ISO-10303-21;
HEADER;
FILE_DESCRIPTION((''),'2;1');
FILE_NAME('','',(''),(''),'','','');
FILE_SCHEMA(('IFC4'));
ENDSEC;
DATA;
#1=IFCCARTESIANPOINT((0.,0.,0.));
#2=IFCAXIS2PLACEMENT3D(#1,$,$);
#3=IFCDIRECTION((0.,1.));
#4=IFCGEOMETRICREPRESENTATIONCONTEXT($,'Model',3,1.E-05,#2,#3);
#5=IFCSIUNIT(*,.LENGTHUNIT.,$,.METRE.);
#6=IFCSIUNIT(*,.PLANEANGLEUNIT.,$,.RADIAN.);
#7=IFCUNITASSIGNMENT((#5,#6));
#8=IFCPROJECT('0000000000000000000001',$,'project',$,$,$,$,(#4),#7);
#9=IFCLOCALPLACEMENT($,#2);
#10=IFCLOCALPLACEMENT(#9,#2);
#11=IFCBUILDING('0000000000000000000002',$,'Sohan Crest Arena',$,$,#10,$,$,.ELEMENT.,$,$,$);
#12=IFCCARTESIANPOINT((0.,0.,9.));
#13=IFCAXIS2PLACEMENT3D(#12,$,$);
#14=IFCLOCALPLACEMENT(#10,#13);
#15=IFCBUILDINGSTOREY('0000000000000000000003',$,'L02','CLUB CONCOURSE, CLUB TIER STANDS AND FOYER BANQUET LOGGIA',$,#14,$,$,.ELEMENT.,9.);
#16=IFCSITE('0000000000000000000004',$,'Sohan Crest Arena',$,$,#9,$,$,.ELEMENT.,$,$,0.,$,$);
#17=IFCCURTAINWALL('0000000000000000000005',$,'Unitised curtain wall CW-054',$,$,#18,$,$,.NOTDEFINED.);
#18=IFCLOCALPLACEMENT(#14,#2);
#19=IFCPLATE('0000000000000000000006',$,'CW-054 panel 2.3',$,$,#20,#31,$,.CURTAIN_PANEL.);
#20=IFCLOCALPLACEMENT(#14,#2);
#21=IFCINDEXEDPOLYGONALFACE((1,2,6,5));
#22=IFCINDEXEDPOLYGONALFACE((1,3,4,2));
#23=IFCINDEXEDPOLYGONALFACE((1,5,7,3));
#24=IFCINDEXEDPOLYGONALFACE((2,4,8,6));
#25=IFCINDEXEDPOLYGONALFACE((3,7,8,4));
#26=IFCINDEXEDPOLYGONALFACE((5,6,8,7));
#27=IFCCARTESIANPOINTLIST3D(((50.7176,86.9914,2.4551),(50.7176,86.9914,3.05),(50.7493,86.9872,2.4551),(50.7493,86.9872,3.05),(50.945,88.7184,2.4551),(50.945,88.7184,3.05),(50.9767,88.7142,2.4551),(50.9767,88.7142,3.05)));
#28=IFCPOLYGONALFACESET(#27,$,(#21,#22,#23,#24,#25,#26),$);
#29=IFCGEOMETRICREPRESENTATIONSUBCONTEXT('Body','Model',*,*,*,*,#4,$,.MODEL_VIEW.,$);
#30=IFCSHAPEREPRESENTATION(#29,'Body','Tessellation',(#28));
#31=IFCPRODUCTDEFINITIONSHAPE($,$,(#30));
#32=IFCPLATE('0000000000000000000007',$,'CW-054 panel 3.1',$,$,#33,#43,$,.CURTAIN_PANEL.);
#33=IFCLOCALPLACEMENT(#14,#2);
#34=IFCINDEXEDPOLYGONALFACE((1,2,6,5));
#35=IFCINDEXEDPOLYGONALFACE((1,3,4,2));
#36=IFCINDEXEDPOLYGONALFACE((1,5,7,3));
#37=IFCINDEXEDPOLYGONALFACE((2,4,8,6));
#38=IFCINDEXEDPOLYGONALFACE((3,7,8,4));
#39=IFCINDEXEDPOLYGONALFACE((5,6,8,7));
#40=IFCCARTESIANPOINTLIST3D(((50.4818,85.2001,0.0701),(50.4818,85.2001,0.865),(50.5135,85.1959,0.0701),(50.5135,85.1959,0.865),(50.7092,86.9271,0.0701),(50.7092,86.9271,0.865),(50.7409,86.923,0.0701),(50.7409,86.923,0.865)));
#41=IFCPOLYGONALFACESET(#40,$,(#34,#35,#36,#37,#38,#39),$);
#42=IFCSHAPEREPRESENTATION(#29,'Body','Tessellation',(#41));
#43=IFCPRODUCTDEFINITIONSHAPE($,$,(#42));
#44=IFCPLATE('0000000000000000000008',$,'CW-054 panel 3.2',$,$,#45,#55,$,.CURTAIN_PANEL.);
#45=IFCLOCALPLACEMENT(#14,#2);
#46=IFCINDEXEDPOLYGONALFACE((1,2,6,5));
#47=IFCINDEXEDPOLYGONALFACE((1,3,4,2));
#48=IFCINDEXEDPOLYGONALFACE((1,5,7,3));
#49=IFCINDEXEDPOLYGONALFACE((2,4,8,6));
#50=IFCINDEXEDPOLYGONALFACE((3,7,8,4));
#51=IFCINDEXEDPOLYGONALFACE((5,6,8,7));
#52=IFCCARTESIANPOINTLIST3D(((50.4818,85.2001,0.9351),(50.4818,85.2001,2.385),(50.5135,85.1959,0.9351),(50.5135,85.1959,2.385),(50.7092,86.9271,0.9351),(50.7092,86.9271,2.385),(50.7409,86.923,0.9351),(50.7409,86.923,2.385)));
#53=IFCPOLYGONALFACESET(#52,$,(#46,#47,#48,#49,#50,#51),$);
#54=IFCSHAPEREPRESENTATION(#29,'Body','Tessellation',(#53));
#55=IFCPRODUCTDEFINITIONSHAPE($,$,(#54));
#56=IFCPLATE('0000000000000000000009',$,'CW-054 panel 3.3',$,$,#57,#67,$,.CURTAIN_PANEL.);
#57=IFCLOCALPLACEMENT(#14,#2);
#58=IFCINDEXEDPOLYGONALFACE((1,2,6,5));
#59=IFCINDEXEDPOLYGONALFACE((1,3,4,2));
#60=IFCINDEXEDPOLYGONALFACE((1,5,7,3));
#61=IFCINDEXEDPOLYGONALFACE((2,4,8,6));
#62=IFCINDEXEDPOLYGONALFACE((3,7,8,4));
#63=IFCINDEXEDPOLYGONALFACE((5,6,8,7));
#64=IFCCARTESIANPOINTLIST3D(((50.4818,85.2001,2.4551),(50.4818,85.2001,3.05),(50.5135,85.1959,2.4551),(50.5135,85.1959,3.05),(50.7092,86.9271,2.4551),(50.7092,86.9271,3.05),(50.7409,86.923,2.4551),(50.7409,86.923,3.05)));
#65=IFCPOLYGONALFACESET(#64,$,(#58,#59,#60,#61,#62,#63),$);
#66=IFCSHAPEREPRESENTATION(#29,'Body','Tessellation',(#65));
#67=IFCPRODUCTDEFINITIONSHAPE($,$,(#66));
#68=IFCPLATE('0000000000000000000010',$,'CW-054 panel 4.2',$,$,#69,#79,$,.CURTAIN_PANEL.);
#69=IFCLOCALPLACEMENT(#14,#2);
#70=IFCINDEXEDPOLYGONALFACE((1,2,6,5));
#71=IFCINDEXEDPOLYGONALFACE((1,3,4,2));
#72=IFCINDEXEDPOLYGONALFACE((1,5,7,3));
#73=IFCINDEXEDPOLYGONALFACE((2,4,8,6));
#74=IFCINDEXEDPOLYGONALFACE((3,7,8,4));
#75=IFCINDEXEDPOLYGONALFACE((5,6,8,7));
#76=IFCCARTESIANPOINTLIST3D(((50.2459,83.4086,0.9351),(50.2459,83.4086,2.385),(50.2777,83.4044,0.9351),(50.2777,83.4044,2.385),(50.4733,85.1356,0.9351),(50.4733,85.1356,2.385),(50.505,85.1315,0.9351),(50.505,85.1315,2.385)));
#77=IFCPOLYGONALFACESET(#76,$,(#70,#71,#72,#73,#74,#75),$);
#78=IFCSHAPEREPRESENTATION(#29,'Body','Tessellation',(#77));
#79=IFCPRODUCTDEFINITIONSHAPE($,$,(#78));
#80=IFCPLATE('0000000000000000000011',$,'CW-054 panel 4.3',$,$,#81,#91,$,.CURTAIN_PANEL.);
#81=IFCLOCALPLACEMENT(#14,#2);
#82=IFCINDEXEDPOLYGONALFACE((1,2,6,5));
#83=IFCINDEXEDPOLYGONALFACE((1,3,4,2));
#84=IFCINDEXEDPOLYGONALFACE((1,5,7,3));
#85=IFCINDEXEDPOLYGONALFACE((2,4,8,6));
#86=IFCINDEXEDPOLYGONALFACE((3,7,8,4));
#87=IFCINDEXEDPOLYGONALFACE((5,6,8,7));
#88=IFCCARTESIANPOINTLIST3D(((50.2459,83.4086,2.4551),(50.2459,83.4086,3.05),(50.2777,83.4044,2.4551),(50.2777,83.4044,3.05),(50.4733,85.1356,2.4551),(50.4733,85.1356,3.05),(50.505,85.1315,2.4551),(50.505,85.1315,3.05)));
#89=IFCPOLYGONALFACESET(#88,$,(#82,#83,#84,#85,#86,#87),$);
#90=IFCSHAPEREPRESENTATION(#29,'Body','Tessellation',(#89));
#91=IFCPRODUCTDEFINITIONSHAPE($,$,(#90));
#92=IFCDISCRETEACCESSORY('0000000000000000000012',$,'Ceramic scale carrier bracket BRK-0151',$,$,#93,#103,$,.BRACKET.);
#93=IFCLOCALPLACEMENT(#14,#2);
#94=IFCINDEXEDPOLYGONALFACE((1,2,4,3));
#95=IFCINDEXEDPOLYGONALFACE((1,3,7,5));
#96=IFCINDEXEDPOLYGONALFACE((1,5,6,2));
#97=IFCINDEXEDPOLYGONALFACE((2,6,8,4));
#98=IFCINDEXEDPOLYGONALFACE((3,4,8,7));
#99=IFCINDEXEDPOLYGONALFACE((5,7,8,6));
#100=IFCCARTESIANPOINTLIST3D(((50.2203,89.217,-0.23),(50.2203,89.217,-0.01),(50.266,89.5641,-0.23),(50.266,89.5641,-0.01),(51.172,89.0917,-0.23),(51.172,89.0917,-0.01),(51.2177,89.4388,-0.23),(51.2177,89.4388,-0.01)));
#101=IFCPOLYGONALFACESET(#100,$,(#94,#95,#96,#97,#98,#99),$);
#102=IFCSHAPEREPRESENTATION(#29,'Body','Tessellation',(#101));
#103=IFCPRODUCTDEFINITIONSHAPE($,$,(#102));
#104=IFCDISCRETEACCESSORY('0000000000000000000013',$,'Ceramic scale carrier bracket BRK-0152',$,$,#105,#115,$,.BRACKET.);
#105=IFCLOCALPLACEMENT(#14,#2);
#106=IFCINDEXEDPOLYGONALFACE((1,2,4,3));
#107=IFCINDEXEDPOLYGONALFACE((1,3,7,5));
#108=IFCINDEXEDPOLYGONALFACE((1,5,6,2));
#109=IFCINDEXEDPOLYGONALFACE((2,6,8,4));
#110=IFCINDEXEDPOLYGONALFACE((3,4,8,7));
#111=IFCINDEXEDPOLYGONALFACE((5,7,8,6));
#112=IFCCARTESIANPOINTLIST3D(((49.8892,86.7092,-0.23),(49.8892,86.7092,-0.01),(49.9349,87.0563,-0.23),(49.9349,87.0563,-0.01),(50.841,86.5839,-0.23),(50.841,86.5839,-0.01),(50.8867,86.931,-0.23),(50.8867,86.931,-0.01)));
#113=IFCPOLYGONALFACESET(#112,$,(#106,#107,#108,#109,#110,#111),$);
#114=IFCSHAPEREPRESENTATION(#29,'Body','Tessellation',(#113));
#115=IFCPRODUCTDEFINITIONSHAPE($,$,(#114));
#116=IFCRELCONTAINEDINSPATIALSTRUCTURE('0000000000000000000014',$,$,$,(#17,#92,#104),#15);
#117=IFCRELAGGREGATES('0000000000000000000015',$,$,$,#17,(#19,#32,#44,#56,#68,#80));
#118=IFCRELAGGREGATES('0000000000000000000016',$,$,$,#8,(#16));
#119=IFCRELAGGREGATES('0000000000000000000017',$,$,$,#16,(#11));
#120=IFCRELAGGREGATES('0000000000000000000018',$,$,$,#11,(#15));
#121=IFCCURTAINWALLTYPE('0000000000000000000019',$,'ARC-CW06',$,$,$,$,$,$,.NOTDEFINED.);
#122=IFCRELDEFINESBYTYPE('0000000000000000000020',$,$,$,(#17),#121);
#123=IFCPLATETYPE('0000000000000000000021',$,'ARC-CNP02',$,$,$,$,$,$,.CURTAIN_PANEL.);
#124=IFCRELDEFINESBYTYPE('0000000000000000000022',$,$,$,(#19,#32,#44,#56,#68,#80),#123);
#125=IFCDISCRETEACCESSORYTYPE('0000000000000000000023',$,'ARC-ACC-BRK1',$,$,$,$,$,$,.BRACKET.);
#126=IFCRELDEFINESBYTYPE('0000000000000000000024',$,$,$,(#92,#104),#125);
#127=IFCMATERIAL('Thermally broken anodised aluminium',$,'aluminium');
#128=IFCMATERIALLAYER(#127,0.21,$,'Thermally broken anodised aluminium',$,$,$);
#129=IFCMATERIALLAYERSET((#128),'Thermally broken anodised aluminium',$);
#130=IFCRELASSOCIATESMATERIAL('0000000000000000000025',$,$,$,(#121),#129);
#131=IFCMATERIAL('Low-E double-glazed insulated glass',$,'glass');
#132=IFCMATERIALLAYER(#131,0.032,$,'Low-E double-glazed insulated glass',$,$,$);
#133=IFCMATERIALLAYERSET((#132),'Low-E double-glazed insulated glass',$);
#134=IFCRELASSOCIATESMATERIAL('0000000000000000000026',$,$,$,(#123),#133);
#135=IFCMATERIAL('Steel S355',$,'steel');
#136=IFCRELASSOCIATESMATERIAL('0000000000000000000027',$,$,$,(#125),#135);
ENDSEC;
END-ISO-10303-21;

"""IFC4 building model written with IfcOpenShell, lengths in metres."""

from ifc_helpers import new_model, si_unit, direction, frame, origin, origin_2d, place, context, subcontext, project, spatial, rectangle, extrude, material, layer, layer_set, type_object, element, aggregate, save


model = new_model("IFC4")

# Units and contexts
model_context = context("Model", 3, precision=1e-05, world=origin(), true_north=direction((0.0, 1.0)))
body_context = subcontext(model_context, "Body", "Model", "MODEL_VIEW")
ifc_project = project(units=[si_unit("LENGTHUNIT", "METRE"), si_unit("PLANEANGLEUNIT", "RADIAN")], contexts=[model_context])

# Site, building, storey
site_placement = place(None, origin())
site = spatial("IfcSite", under=ifc_project, at=site_placement, Name="Sohan Crest Arena", CompositionType="ELEMENT", RefElevation=0.0)
building_placement = place(site_placement, origin())
building = spatial("IfcBuilding", under=site, at=building_placement, Name="Sohan Crest Arena", CompositionType="ELEMENT")
storey_placement = place(building_placement, frame((0.0, 0.0, 9.0)))
storey = spatial("IfcBuildingStorey", under=building, at=storey_placement, Name="L02", Description="CLUB CONCOURSE, CLUB TIER STANDS AND FOYER BANQUET LOGGIA", CompositionType="ELEMENT", Elevation=9.0)

# Shared definitions
ifc_material_1 = material(Name="Steel S355", Category="steel")

# Curtain wall
ifc_material_2 = material(Name="Thermally broken anodised aluminium", Category="aluminium")
ifc_layer_1 = layer(ifc_material_2, 0.21, Name="Thermally broken anodised aluminium")
ifc_layer_set_1 = layer_set([ifc_layer_1], Name="Thermally broken anodised aluminium")
curtain_wall_type = type_object("IfcCurtainWallType", Name="ARC-CW06", PredefinedType="NOTDEFINED", material=ifc_layer_set_1)
curtain_wall_placement = place(storey_placement, origin())
curtain_wall = element("IfcCurtainWall", 1, at=curtain_wall_placement, inside=storey, type_object=curtain_wall_type, Name="Unitised curtain wall CW-054", PredefinedType="NOTDEFINED")

# Plates
ifc_material_3 = material(Name="Low-E double-glazed insulated glass", Category="glass")
ifc_layer_2 = layer(ifc_material_3, 0.032, Name="Low-E double-glazed insulated glass")
ifc_layer_set_2 = layer_set([ifc_layer_2], Name="Low-E double-glazed insulated glass")
plate_type = type_object("IfcPlateType", Name="ARC-CNP02", PredefinedType="CURTAIN_PANEL", material=ifc_layer_set_2)
plate_1_placement = place(storey_placement, frame((50.8472, 87.8528, 2.4551), z_axis=(0.0, 0.0, 1.0), x_axis=(-0.130532, -0.991444, 0.0)))
plate_1 = element("IfcPlate", 2, at=plate_1_placement, type_object=plate_type, Name="CW-054 panel 2.3", PredefinedType="CURTAIN_PANEL", context=body_context, shape_type="SweptSolid", body=[
    extrude(rectangle(XDim=1.7419, YDim=0.032, at=origin_2d()), origin(), (0.0, 0.0, 1.0), 0.595),
])
plate_2_placement = place(storey_placement, frame((50.6113, 86.0615, 0.0701), z_axis=(0.0, 0.0, 1.0), x_axis=(-0.130532, -0.991444, 0.0)))
plate_2 = element("IfcPlate", 3, at=plate_2_placement, type_object=plate_type, Name="CW-054 panel 3.1", PredefinedType="CURTAIN_PANEL", context=body_context, shape_type="SweptSolid", body=[
    extrude(rectangle(XDim=1.7419, YDim=0.032, at=origin_2d()), origin(), (0.0, 0.0, 1.0), 0.7949),
])
plate_3_placement = place(storey_placement, frame((50.6113, 86.0615, 0.9351), z_axis=(0.0, 0.0, 1.0), x_axis=(-0.130532, -0.991444, 0.0)))
plate_3 = element("IfcPlate", 4, at=plate_3_placement, type_object=plate_type, Name="CW-054 panel 3.2", PredefinedType="CURTAIN_PANEL", context=body_context, shape_type="SweptSolid", body=[
    extrude(rectangle(XDim=1.7419, YDim=0.032, at=origin_2d()), origin(), (0.0, 0.0, 1.0), 1.45),
])
plate_4_placement = place(storey_placement, frame((50.6113, 86.0615, 2.4551), z_axis=(0.0, 0.0, 1.0), x_axis=(-0.130532, -0.991444, 0.0)))
plate_4 = element("IfcPlate", 5, at=plate_4_placement, type_object=plate_type, Name="CW-054 panel 3.3", PredefinedType="CURTAIN_PANEL", context=body_context, shape_type="SweptSolid", body=[
    extrude(rectangle(XDim=1.7419, YDim=0.032, at=origin_2d()), origin(), (0.0, 0.0, 1.0), 0.595),
])
plate_5_placement = place(storey_placement, frame((50.3755, 84.27, 0.9351), z_axis=(0.0, 0.0, 1.0), x_axis=(-0.130532, -0.991444, 0.0)))
plate_5 = element("IfcPlate", 6, at=plate_5_placement, type_object=plate_type, Name="CW-054 panel 4.2", PredefinedType="CURTAIN_PANEL", context=body_context, shape_type="SweptSolid", body=[
    extrude(rectangle(XDim=1.7419, YDim=0.032, at=origin_2d()), origin(), (0.0, 0.0, 1.0), 1.45),
])
plate_6_placement = place(storey_placement, frame((50.3755, 84.27, 2.4551), z_axis=(0.0, 0.0, 1.0), x_axis=(-0.130532, -0.991444, 0.0)))
plate_6 = element("IfcPlate", 7, at=plate_6_placement, type_object=plate_type, Name="CW-054 panel 4.3", PredefinedType="CURTAIN_PANEL", context=body_context, shape_type="SweptSolid", body=[
    extrude(rectangle(XDim=1.7419, YDim=0.032, at=origin_2d()), origin(), (0.0, 0.0, 1.0), 0.595),
])
aggregate(curtain_wall, [plate_1, plate_2, plate_3, plate_4, plate_5, plate_6])

# Discrete accessories
discrete_accessory_type = type_object("IfcDiscreteAccessoryType", Name="ARC-ACC-BRK1", PredefinedType="BRACKET", material=ifc_material_1)
for number, where, z_axis, x_axis, name in (
    (8, (50.719, 89.3279, -0.23), (0.0, 0.0, 1.0), (-0.130526, -0.991445, 0.0), "Ceramic scale carrier bracket BRK-0151"),
    (9, (50.3879, 86.8201, -0.23), (0.0, 0.0, 1.0), (-0.130526, -0.991445, 0.0), "Ceramic scale carrier bracket BRK-0152"),
):
    element("IfcDiscreteAccessory", number, at=place(storey_placement, frame(where, z_axis=z_axis, x_axis=x_axis)), inside=storey, type_object=discrete_accessory_type, Name=name, PredefinedType="BRACKET", context=body_context, shape_type="SweptSolid", body=[
        extrude(rectangle(XDim=0.3501, YDim=0.96, at=origin_2d()), origin(), (0.0, 0.0, 1.0), 0.22),
    ])

save(model, "model.ifc")
